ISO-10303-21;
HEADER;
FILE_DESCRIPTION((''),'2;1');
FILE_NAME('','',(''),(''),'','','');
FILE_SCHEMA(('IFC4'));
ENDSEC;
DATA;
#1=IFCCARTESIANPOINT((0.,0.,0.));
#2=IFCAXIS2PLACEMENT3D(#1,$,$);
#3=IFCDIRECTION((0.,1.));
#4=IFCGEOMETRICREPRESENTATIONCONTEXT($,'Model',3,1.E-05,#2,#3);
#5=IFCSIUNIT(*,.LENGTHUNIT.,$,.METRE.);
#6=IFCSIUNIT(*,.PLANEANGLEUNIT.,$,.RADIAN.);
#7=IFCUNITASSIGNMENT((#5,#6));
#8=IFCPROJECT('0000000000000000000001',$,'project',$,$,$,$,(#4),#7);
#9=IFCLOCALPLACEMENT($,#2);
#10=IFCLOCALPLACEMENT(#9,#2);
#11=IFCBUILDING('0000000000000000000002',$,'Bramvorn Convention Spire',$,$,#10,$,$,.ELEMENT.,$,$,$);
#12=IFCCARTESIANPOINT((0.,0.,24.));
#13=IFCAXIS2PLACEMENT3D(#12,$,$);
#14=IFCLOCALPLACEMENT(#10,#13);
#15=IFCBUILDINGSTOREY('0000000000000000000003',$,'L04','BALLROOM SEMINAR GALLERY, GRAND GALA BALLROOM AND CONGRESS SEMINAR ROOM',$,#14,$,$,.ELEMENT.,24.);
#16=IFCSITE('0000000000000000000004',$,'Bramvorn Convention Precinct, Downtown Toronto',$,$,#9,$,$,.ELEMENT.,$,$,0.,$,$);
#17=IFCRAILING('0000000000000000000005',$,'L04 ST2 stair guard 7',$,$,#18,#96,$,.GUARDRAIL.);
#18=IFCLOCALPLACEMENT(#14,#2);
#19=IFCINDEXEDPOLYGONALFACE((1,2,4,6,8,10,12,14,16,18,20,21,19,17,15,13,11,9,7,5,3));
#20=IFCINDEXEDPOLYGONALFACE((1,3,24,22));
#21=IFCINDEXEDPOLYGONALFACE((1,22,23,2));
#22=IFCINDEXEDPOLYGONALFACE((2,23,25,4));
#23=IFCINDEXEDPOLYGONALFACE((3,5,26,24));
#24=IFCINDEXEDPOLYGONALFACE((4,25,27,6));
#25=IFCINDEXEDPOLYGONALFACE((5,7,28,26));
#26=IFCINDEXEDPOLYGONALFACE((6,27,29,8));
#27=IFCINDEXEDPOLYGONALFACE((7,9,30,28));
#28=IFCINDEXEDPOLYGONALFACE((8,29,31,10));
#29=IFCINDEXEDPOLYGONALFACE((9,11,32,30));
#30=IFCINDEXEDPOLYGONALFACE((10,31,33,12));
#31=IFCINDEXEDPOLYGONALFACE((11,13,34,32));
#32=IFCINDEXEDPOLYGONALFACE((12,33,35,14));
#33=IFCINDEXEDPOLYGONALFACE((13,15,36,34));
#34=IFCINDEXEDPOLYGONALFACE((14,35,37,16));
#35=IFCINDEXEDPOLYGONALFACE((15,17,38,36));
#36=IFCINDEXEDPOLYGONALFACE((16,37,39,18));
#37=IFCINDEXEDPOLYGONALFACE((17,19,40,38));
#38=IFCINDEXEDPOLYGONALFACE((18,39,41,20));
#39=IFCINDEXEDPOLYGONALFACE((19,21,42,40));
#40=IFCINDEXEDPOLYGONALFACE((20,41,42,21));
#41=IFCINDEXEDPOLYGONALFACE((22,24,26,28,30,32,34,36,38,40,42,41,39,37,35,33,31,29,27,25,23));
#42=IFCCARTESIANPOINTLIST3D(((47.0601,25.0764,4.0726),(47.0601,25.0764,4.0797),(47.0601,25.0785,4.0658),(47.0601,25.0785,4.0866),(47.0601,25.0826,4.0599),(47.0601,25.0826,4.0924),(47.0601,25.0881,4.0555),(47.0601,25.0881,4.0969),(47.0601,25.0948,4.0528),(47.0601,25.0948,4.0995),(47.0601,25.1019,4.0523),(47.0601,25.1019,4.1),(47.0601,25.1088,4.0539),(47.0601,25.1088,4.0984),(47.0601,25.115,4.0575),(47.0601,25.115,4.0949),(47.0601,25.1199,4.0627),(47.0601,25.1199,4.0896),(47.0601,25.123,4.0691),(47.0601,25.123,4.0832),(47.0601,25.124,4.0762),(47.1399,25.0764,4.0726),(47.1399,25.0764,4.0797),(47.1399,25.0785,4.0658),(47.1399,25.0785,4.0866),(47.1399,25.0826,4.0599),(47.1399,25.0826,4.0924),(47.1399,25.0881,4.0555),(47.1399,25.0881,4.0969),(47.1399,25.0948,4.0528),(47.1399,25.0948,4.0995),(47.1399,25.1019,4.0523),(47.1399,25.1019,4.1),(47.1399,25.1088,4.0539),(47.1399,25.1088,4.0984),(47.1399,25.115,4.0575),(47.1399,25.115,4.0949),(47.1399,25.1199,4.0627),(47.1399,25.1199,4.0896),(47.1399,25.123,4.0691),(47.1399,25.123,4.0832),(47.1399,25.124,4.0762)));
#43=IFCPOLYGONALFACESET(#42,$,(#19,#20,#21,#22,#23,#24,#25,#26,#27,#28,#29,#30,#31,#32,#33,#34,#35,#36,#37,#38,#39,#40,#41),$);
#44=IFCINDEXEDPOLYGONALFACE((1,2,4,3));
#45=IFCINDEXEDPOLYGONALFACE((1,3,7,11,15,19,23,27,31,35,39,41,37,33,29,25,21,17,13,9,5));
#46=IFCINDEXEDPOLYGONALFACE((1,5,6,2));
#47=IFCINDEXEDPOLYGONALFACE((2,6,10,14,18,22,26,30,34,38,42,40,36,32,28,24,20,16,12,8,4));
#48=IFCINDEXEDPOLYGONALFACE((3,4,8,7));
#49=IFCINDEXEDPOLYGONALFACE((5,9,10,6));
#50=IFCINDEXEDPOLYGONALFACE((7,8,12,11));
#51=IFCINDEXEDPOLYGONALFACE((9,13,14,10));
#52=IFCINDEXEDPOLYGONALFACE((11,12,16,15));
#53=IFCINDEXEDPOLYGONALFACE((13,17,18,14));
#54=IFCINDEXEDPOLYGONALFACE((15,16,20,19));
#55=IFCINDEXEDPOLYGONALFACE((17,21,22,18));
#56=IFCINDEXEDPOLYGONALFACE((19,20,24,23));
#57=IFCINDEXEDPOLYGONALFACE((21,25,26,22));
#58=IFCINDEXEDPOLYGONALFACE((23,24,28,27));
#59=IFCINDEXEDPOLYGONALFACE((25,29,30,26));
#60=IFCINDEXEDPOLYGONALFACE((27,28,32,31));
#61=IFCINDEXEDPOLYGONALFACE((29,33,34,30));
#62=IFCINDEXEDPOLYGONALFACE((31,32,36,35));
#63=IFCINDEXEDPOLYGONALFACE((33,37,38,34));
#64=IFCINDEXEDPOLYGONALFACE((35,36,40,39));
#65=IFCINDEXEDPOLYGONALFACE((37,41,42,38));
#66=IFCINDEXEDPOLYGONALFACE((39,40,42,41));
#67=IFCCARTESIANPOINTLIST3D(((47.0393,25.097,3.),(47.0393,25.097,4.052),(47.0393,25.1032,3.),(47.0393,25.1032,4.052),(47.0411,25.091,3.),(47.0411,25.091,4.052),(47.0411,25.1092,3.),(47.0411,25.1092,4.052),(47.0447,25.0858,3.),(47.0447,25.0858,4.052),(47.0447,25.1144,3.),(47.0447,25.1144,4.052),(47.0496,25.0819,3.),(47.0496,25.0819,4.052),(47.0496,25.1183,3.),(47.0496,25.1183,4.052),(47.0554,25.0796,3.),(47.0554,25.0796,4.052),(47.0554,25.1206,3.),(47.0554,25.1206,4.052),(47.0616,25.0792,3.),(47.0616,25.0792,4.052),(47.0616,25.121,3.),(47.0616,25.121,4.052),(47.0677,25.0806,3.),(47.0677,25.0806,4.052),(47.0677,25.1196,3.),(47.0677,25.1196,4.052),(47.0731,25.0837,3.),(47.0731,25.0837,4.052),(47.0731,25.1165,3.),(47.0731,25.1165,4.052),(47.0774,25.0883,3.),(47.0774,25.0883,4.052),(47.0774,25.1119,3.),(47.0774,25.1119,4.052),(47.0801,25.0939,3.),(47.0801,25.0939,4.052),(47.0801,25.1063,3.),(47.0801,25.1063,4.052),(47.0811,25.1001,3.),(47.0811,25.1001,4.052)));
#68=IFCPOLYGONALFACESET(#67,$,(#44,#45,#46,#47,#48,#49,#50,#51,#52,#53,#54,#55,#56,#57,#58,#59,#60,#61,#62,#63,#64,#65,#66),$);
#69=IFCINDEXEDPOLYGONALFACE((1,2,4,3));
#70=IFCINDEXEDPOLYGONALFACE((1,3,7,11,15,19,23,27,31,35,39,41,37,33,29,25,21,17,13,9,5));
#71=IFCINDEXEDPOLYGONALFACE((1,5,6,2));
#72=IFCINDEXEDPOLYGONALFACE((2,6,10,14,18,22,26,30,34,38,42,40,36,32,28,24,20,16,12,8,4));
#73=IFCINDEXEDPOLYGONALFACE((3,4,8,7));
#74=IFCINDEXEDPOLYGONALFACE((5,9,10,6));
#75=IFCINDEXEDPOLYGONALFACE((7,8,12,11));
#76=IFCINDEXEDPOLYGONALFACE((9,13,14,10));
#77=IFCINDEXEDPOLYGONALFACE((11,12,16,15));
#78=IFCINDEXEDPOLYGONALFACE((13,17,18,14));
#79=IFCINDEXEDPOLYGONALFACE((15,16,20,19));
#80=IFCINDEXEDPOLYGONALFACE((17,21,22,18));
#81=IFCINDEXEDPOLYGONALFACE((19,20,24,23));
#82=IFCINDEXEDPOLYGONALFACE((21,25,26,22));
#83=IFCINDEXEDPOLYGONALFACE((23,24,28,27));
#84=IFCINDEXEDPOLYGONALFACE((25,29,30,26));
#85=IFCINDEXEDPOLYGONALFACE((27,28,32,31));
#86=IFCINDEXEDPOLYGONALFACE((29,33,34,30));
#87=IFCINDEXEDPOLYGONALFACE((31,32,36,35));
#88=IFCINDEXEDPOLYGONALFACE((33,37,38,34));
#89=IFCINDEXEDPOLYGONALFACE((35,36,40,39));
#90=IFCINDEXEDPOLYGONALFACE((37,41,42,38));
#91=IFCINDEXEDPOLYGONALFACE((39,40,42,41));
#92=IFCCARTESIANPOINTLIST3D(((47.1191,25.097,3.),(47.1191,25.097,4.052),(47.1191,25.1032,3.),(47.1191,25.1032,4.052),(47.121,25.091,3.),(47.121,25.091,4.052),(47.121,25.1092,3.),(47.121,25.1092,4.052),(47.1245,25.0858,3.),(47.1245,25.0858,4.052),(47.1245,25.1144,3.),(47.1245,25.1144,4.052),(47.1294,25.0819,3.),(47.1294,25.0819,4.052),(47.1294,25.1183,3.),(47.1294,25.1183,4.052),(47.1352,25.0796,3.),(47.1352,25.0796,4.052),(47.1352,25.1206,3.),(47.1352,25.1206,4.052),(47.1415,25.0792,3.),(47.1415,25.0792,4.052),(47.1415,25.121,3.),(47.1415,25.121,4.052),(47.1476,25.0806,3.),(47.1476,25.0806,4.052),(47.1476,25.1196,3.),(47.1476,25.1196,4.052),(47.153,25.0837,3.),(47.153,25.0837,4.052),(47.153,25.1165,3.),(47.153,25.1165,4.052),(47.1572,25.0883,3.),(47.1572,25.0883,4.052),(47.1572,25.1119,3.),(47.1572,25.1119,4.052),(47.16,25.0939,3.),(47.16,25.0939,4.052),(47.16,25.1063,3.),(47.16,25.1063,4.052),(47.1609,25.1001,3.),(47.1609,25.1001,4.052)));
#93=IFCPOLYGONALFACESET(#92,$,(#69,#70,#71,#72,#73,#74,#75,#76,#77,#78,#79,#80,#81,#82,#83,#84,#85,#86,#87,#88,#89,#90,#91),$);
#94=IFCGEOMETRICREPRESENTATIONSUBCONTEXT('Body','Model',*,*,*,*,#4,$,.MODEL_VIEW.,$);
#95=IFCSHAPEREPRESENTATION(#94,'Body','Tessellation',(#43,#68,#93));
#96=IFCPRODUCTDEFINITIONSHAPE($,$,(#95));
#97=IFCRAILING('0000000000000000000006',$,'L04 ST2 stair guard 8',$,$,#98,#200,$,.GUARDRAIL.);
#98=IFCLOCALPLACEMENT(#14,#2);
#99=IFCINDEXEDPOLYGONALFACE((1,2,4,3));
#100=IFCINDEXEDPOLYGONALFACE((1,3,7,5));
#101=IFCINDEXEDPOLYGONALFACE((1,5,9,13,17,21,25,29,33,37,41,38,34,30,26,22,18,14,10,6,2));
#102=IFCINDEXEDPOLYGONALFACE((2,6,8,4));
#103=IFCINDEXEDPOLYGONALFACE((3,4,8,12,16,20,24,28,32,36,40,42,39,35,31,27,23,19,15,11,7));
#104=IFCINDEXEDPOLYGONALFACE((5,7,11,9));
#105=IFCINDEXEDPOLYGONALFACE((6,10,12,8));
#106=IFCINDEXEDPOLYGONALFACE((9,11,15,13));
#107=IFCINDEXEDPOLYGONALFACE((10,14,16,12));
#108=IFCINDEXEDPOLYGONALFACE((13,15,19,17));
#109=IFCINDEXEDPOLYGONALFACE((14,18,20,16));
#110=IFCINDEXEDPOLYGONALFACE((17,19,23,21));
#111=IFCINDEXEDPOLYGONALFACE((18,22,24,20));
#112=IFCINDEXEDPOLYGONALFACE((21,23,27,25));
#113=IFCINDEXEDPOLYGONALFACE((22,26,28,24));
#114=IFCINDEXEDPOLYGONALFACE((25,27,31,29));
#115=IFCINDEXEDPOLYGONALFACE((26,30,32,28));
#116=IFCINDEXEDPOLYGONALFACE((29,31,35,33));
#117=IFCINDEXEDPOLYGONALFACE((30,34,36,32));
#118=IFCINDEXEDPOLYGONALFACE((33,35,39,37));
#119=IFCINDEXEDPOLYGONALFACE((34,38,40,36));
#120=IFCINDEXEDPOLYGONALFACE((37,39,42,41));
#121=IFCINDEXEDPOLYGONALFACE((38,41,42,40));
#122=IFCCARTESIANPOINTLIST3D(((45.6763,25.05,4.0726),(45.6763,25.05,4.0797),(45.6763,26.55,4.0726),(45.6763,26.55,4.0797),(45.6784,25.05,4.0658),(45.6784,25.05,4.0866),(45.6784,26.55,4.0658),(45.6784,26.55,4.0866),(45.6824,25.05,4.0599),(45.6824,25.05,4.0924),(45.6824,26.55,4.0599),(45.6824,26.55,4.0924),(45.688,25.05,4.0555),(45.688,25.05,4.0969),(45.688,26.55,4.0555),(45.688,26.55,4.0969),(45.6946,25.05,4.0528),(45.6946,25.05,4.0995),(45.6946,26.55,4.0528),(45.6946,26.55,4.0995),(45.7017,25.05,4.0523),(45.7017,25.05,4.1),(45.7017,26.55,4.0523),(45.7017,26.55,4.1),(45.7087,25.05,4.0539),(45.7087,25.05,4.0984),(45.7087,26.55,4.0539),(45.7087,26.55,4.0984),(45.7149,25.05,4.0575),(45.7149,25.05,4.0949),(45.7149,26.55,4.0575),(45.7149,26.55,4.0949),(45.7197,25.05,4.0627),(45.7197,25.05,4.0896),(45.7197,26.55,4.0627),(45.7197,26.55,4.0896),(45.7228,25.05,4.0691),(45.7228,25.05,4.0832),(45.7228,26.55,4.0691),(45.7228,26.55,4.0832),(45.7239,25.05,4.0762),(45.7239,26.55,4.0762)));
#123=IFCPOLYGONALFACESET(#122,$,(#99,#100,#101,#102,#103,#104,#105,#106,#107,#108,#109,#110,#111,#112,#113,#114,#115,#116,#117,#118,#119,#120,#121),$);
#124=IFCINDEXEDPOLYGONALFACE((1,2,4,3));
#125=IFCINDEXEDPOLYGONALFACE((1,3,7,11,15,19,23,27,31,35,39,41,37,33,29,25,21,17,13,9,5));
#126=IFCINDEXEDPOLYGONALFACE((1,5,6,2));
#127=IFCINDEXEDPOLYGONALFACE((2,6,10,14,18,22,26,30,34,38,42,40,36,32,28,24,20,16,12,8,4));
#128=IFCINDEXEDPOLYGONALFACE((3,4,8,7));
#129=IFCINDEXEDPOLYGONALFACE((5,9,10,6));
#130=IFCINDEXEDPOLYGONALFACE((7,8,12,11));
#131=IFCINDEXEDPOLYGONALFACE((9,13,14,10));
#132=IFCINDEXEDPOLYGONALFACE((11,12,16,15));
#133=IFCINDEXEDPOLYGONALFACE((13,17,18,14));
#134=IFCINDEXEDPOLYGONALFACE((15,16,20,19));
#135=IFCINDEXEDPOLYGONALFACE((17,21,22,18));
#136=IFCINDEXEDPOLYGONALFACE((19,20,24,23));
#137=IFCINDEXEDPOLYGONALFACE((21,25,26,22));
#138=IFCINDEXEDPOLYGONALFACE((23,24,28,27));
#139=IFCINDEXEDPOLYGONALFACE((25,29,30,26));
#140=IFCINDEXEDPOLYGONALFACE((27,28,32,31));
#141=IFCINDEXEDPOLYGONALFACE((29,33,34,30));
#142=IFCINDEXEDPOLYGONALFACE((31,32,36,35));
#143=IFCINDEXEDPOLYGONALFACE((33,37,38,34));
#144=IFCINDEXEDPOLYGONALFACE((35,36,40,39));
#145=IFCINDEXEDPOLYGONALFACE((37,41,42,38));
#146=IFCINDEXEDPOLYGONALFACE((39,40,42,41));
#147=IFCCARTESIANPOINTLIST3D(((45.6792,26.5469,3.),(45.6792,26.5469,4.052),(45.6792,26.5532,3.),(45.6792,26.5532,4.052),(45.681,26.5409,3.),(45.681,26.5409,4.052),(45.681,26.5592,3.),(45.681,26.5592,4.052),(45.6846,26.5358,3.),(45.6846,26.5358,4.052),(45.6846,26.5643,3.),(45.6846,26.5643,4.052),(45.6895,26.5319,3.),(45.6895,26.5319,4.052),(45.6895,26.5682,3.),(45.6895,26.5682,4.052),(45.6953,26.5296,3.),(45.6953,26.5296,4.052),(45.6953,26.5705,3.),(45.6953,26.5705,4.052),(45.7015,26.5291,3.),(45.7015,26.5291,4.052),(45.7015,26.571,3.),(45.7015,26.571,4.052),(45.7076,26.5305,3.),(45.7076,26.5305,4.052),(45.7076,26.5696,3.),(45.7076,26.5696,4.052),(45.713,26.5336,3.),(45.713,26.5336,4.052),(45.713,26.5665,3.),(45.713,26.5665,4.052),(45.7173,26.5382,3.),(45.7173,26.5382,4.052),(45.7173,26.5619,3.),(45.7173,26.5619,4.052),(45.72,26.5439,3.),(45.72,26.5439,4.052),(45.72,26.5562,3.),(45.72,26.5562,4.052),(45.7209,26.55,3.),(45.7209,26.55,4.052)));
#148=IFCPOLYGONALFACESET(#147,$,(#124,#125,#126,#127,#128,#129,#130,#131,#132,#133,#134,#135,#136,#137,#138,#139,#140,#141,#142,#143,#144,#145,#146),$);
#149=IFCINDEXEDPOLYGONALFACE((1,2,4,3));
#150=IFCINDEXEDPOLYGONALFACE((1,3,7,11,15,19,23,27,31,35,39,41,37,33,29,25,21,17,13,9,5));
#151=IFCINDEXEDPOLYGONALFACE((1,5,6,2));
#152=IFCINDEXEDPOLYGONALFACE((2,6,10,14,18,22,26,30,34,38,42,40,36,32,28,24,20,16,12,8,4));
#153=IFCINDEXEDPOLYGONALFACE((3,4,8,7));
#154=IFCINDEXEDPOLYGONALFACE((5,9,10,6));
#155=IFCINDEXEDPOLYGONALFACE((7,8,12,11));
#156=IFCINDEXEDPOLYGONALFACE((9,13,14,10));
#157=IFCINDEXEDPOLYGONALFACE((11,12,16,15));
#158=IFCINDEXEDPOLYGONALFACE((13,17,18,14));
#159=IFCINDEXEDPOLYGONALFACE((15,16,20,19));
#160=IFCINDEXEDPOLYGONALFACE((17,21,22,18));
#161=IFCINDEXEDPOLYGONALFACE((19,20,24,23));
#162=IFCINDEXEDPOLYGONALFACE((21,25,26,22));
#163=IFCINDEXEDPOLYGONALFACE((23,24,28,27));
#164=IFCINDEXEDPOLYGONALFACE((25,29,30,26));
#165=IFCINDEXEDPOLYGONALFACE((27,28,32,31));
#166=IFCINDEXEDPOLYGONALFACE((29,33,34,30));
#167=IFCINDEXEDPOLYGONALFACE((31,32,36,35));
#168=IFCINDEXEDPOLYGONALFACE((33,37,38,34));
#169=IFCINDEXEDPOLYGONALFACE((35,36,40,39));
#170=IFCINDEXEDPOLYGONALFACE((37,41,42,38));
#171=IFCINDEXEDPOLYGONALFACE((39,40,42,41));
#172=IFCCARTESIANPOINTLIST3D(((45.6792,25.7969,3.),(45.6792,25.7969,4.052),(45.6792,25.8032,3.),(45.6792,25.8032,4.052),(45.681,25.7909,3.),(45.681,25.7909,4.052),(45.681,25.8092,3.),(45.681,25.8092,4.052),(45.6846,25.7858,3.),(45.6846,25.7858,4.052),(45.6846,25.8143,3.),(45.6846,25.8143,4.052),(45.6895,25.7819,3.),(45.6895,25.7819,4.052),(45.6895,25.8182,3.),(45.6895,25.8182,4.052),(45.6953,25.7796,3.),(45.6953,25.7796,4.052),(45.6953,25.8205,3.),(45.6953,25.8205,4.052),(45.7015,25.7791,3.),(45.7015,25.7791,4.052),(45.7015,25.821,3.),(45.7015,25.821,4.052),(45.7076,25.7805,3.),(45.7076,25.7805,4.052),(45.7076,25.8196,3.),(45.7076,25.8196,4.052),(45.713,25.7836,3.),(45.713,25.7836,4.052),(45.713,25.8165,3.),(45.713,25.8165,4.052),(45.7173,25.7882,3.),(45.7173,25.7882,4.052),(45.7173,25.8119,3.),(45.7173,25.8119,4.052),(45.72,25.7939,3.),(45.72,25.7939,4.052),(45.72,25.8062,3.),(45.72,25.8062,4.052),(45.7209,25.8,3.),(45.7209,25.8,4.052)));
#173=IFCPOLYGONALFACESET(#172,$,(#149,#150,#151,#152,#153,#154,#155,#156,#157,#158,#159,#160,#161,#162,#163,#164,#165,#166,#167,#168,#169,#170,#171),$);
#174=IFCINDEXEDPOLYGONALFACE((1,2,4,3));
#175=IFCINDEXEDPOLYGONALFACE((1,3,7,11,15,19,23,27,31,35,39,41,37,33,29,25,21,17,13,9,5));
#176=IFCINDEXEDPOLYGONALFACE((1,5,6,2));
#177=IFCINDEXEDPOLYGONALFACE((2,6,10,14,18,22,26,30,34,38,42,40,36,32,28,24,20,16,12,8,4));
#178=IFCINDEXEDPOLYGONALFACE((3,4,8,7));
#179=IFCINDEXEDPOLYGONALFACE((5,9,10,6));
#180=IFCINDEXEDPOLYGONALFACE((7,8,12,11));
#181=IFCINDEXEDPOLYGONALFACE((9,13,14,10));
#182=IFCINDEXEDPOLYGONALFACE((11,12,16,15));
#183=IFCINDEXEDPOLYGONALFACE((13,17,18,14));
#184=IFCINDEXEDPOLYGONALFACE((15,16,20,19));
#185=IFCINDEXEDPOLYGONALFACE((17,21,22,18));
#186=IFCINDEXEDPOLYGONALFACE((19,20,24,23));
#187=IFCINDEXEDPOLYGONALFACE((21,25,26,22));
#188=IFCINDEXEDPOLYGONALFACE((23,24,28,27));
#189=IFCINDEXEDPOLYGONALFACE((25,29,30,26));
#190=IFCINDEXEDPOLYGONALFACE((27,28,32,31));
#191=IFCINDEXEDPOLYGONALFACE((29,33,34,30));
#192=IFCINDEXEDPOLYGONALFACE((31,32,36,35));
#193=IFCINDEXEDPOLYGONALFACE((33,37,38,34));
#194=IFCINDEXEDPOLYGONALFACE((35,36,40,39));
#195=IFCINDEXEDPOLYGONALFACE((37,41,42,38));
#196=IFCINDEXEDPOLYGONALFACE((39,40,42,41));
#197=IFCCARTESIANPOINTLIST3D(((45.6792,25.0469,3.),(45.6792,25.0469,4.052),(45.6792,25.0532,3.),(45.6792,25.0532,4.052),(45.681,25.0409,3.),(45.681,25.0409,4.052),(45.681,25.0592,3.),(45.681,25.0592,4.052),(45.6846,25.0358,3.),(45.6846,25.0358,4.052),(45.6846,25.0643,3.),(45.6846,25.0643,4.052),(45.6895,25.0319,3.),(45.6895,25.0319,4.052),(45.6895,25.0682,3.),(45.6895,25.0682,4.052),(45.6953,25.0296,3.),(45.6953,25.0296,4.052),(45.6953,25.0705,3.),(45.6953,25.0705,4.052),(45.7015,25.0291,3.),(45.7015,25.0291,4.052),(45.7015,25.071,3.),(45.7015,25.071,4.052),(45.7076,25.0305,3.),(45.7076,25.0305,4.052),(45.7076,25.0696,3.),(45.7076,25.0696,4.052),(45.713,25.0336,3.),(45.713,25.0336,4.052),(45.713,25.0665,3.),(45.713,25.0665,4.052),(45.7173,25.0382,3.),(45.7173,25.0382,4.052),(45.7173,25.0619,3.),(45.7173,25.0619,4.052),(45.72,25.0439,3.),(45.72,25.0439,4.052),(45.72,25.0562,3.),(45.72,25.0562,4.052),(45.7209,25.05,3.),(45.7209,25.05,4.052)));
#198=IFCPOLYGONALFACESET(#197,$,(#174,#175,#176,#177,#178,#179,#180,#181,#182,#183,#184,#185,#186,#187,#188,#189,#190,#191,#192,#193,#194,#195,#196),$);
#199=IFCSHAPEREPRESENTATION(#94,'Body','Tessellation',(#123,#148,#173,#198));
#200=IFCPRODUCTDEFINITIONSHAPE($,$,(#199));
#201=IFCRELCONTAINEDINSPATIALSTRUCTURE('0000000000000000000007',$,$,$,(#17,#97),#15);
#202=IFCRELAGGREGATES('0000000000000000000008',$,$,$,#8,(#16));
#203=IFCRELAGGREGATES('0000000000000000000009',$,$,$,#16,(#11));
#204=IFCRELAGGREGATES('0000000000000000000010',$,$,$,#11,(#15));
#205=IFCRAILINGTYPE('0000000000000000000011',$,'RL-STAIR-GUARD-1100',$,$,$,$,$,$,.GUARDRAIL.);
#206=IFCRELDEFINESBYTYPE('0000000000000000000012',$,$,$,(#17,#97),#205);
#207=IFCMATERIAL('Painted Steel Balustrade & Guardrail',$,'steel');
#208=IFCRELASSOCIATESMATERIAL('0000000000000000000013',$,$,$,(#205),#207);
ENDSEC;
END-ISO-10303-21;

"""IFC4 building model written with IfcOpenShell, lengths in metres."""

from ifc_helpers import new_model, si_unit, direction, frame, origin, origin_2d, place, context, subcontext, project, spatial, circle, extrude, material, type_object, element, save


model = new_model("IFC4")

# Units and contexts
model_context = context("Model", 3, precision=1e-05, world=origin(), true_north=direction((0.0, 1.0)))
body_context = subcontext(model_context, "Body", "Model", "MODEL_VIEW")
ifc_project = project(units=[si_unit("LENGTHUNIT", "METRE"), si_unit("PLANEANGLEUNIT", "RADIAN")], contexts=[model_context])

# Site, building, storey
site_placement = place(None, origin())
site = spatial("IfcSite", under=ifc_project, at=site_placement, Name="Bramvorn Convention Precinct, Downtown Toronto", CompositionType="ELEMENT", RefElevation=0.0)
building_placement = place(site_placement, origin())
building = spatial("IfcBuilding", under=site, at=building_placement, Name="Bramvorn Convention Spire", CompositionType="ELEMENT")
storey_placement = place(building_placement, frame((0.0, 0.0, 24.0)))
storey = spatial("IfcBuildingStorey", under=building, at=storey_placement, Name="L04", Description="BALLROOM SEMINAR GALLERY, GRAND GALA BALLROOM AND CONGRESS SEMINAR ROOM", CompositionType="ELEMENT", Elevation=24.0)

# Railings
ifc_material_1 = material(Name="Painted Steel Balustrade & Guardrail", Category="steel")
railing_type_1 = type_object("IfcRailingType", Name="RL-STAIR-GUARD-1100", PredefinedType="GUARDRAIL", material=ifc_material_1)
railing_1_placement = place(storey_placement, frame((47.0601, 25.1001, 3.0)))
element("IfcRailing", 1, at=railing_1_placement, inside=storey, type_object=railing_type_1, Name="L04 ST2 stair guard 7", PredefinedType="GUARDRAIL", context=body_context, shape_type="SweptSolid", body=[
    extrude(circle(Radius=0.0239, at=origin_2d()), frame((0.0, 0.0, 1.0762), z_axis=(1.0, 0.0, 0.0), x_axis=(0.0, 1.0, 0.0)), (0.0, 0.0, 1.0), 0.0798),
    extrude(circle(Radius=0.021, at=origin_2d()), origin(), (0.0, 0.0, 1.0), 1.052),
    extrude(circle(Radius=0.021, at=origin_2d()), frame((0.0798, 0.0, 0.0)), (0.0, 0.0, 1.0), 1.052),
])
railing_2_placement = place(storey_placement, frame((45.7, 26.55, 3.0)))
element("IfcRailing", 2, at=railing_2_placement, inside=storey, type_object=railing_type_1, Name="L04 ST2 stair guard 8", PredefinedType="GUARDRAIL", context=body_context, shape_type="SweptSolid", body=[
    extrude(circle(Radius=0.0239, at=origin_2d()), frame((0.0, 0.0, 1.0762), z_axis=(0.0, -1.0, 0.0), x_axis=(1.0, 0.0, 0.0)), (0.0, 0.0, 1.0), 1.5),
    extrude(circle(Radius=0.021, at=origin_2d()), origin(), (0.0, 0.0, 1.0), 1.052),
    extrude(circle(Radius=0.021, at=origin_2d()), frame((0.0, -0.75, 0.0)), (0.0, 0.0, 1.0), 1.052),
    extrude(circle(Radius=0.021, at=origin_2d()), frame((0.0, -1.5, 0.0)), (0.0, 0.0, 1.0), 1.052),
])

save(model, "model.ifc")
